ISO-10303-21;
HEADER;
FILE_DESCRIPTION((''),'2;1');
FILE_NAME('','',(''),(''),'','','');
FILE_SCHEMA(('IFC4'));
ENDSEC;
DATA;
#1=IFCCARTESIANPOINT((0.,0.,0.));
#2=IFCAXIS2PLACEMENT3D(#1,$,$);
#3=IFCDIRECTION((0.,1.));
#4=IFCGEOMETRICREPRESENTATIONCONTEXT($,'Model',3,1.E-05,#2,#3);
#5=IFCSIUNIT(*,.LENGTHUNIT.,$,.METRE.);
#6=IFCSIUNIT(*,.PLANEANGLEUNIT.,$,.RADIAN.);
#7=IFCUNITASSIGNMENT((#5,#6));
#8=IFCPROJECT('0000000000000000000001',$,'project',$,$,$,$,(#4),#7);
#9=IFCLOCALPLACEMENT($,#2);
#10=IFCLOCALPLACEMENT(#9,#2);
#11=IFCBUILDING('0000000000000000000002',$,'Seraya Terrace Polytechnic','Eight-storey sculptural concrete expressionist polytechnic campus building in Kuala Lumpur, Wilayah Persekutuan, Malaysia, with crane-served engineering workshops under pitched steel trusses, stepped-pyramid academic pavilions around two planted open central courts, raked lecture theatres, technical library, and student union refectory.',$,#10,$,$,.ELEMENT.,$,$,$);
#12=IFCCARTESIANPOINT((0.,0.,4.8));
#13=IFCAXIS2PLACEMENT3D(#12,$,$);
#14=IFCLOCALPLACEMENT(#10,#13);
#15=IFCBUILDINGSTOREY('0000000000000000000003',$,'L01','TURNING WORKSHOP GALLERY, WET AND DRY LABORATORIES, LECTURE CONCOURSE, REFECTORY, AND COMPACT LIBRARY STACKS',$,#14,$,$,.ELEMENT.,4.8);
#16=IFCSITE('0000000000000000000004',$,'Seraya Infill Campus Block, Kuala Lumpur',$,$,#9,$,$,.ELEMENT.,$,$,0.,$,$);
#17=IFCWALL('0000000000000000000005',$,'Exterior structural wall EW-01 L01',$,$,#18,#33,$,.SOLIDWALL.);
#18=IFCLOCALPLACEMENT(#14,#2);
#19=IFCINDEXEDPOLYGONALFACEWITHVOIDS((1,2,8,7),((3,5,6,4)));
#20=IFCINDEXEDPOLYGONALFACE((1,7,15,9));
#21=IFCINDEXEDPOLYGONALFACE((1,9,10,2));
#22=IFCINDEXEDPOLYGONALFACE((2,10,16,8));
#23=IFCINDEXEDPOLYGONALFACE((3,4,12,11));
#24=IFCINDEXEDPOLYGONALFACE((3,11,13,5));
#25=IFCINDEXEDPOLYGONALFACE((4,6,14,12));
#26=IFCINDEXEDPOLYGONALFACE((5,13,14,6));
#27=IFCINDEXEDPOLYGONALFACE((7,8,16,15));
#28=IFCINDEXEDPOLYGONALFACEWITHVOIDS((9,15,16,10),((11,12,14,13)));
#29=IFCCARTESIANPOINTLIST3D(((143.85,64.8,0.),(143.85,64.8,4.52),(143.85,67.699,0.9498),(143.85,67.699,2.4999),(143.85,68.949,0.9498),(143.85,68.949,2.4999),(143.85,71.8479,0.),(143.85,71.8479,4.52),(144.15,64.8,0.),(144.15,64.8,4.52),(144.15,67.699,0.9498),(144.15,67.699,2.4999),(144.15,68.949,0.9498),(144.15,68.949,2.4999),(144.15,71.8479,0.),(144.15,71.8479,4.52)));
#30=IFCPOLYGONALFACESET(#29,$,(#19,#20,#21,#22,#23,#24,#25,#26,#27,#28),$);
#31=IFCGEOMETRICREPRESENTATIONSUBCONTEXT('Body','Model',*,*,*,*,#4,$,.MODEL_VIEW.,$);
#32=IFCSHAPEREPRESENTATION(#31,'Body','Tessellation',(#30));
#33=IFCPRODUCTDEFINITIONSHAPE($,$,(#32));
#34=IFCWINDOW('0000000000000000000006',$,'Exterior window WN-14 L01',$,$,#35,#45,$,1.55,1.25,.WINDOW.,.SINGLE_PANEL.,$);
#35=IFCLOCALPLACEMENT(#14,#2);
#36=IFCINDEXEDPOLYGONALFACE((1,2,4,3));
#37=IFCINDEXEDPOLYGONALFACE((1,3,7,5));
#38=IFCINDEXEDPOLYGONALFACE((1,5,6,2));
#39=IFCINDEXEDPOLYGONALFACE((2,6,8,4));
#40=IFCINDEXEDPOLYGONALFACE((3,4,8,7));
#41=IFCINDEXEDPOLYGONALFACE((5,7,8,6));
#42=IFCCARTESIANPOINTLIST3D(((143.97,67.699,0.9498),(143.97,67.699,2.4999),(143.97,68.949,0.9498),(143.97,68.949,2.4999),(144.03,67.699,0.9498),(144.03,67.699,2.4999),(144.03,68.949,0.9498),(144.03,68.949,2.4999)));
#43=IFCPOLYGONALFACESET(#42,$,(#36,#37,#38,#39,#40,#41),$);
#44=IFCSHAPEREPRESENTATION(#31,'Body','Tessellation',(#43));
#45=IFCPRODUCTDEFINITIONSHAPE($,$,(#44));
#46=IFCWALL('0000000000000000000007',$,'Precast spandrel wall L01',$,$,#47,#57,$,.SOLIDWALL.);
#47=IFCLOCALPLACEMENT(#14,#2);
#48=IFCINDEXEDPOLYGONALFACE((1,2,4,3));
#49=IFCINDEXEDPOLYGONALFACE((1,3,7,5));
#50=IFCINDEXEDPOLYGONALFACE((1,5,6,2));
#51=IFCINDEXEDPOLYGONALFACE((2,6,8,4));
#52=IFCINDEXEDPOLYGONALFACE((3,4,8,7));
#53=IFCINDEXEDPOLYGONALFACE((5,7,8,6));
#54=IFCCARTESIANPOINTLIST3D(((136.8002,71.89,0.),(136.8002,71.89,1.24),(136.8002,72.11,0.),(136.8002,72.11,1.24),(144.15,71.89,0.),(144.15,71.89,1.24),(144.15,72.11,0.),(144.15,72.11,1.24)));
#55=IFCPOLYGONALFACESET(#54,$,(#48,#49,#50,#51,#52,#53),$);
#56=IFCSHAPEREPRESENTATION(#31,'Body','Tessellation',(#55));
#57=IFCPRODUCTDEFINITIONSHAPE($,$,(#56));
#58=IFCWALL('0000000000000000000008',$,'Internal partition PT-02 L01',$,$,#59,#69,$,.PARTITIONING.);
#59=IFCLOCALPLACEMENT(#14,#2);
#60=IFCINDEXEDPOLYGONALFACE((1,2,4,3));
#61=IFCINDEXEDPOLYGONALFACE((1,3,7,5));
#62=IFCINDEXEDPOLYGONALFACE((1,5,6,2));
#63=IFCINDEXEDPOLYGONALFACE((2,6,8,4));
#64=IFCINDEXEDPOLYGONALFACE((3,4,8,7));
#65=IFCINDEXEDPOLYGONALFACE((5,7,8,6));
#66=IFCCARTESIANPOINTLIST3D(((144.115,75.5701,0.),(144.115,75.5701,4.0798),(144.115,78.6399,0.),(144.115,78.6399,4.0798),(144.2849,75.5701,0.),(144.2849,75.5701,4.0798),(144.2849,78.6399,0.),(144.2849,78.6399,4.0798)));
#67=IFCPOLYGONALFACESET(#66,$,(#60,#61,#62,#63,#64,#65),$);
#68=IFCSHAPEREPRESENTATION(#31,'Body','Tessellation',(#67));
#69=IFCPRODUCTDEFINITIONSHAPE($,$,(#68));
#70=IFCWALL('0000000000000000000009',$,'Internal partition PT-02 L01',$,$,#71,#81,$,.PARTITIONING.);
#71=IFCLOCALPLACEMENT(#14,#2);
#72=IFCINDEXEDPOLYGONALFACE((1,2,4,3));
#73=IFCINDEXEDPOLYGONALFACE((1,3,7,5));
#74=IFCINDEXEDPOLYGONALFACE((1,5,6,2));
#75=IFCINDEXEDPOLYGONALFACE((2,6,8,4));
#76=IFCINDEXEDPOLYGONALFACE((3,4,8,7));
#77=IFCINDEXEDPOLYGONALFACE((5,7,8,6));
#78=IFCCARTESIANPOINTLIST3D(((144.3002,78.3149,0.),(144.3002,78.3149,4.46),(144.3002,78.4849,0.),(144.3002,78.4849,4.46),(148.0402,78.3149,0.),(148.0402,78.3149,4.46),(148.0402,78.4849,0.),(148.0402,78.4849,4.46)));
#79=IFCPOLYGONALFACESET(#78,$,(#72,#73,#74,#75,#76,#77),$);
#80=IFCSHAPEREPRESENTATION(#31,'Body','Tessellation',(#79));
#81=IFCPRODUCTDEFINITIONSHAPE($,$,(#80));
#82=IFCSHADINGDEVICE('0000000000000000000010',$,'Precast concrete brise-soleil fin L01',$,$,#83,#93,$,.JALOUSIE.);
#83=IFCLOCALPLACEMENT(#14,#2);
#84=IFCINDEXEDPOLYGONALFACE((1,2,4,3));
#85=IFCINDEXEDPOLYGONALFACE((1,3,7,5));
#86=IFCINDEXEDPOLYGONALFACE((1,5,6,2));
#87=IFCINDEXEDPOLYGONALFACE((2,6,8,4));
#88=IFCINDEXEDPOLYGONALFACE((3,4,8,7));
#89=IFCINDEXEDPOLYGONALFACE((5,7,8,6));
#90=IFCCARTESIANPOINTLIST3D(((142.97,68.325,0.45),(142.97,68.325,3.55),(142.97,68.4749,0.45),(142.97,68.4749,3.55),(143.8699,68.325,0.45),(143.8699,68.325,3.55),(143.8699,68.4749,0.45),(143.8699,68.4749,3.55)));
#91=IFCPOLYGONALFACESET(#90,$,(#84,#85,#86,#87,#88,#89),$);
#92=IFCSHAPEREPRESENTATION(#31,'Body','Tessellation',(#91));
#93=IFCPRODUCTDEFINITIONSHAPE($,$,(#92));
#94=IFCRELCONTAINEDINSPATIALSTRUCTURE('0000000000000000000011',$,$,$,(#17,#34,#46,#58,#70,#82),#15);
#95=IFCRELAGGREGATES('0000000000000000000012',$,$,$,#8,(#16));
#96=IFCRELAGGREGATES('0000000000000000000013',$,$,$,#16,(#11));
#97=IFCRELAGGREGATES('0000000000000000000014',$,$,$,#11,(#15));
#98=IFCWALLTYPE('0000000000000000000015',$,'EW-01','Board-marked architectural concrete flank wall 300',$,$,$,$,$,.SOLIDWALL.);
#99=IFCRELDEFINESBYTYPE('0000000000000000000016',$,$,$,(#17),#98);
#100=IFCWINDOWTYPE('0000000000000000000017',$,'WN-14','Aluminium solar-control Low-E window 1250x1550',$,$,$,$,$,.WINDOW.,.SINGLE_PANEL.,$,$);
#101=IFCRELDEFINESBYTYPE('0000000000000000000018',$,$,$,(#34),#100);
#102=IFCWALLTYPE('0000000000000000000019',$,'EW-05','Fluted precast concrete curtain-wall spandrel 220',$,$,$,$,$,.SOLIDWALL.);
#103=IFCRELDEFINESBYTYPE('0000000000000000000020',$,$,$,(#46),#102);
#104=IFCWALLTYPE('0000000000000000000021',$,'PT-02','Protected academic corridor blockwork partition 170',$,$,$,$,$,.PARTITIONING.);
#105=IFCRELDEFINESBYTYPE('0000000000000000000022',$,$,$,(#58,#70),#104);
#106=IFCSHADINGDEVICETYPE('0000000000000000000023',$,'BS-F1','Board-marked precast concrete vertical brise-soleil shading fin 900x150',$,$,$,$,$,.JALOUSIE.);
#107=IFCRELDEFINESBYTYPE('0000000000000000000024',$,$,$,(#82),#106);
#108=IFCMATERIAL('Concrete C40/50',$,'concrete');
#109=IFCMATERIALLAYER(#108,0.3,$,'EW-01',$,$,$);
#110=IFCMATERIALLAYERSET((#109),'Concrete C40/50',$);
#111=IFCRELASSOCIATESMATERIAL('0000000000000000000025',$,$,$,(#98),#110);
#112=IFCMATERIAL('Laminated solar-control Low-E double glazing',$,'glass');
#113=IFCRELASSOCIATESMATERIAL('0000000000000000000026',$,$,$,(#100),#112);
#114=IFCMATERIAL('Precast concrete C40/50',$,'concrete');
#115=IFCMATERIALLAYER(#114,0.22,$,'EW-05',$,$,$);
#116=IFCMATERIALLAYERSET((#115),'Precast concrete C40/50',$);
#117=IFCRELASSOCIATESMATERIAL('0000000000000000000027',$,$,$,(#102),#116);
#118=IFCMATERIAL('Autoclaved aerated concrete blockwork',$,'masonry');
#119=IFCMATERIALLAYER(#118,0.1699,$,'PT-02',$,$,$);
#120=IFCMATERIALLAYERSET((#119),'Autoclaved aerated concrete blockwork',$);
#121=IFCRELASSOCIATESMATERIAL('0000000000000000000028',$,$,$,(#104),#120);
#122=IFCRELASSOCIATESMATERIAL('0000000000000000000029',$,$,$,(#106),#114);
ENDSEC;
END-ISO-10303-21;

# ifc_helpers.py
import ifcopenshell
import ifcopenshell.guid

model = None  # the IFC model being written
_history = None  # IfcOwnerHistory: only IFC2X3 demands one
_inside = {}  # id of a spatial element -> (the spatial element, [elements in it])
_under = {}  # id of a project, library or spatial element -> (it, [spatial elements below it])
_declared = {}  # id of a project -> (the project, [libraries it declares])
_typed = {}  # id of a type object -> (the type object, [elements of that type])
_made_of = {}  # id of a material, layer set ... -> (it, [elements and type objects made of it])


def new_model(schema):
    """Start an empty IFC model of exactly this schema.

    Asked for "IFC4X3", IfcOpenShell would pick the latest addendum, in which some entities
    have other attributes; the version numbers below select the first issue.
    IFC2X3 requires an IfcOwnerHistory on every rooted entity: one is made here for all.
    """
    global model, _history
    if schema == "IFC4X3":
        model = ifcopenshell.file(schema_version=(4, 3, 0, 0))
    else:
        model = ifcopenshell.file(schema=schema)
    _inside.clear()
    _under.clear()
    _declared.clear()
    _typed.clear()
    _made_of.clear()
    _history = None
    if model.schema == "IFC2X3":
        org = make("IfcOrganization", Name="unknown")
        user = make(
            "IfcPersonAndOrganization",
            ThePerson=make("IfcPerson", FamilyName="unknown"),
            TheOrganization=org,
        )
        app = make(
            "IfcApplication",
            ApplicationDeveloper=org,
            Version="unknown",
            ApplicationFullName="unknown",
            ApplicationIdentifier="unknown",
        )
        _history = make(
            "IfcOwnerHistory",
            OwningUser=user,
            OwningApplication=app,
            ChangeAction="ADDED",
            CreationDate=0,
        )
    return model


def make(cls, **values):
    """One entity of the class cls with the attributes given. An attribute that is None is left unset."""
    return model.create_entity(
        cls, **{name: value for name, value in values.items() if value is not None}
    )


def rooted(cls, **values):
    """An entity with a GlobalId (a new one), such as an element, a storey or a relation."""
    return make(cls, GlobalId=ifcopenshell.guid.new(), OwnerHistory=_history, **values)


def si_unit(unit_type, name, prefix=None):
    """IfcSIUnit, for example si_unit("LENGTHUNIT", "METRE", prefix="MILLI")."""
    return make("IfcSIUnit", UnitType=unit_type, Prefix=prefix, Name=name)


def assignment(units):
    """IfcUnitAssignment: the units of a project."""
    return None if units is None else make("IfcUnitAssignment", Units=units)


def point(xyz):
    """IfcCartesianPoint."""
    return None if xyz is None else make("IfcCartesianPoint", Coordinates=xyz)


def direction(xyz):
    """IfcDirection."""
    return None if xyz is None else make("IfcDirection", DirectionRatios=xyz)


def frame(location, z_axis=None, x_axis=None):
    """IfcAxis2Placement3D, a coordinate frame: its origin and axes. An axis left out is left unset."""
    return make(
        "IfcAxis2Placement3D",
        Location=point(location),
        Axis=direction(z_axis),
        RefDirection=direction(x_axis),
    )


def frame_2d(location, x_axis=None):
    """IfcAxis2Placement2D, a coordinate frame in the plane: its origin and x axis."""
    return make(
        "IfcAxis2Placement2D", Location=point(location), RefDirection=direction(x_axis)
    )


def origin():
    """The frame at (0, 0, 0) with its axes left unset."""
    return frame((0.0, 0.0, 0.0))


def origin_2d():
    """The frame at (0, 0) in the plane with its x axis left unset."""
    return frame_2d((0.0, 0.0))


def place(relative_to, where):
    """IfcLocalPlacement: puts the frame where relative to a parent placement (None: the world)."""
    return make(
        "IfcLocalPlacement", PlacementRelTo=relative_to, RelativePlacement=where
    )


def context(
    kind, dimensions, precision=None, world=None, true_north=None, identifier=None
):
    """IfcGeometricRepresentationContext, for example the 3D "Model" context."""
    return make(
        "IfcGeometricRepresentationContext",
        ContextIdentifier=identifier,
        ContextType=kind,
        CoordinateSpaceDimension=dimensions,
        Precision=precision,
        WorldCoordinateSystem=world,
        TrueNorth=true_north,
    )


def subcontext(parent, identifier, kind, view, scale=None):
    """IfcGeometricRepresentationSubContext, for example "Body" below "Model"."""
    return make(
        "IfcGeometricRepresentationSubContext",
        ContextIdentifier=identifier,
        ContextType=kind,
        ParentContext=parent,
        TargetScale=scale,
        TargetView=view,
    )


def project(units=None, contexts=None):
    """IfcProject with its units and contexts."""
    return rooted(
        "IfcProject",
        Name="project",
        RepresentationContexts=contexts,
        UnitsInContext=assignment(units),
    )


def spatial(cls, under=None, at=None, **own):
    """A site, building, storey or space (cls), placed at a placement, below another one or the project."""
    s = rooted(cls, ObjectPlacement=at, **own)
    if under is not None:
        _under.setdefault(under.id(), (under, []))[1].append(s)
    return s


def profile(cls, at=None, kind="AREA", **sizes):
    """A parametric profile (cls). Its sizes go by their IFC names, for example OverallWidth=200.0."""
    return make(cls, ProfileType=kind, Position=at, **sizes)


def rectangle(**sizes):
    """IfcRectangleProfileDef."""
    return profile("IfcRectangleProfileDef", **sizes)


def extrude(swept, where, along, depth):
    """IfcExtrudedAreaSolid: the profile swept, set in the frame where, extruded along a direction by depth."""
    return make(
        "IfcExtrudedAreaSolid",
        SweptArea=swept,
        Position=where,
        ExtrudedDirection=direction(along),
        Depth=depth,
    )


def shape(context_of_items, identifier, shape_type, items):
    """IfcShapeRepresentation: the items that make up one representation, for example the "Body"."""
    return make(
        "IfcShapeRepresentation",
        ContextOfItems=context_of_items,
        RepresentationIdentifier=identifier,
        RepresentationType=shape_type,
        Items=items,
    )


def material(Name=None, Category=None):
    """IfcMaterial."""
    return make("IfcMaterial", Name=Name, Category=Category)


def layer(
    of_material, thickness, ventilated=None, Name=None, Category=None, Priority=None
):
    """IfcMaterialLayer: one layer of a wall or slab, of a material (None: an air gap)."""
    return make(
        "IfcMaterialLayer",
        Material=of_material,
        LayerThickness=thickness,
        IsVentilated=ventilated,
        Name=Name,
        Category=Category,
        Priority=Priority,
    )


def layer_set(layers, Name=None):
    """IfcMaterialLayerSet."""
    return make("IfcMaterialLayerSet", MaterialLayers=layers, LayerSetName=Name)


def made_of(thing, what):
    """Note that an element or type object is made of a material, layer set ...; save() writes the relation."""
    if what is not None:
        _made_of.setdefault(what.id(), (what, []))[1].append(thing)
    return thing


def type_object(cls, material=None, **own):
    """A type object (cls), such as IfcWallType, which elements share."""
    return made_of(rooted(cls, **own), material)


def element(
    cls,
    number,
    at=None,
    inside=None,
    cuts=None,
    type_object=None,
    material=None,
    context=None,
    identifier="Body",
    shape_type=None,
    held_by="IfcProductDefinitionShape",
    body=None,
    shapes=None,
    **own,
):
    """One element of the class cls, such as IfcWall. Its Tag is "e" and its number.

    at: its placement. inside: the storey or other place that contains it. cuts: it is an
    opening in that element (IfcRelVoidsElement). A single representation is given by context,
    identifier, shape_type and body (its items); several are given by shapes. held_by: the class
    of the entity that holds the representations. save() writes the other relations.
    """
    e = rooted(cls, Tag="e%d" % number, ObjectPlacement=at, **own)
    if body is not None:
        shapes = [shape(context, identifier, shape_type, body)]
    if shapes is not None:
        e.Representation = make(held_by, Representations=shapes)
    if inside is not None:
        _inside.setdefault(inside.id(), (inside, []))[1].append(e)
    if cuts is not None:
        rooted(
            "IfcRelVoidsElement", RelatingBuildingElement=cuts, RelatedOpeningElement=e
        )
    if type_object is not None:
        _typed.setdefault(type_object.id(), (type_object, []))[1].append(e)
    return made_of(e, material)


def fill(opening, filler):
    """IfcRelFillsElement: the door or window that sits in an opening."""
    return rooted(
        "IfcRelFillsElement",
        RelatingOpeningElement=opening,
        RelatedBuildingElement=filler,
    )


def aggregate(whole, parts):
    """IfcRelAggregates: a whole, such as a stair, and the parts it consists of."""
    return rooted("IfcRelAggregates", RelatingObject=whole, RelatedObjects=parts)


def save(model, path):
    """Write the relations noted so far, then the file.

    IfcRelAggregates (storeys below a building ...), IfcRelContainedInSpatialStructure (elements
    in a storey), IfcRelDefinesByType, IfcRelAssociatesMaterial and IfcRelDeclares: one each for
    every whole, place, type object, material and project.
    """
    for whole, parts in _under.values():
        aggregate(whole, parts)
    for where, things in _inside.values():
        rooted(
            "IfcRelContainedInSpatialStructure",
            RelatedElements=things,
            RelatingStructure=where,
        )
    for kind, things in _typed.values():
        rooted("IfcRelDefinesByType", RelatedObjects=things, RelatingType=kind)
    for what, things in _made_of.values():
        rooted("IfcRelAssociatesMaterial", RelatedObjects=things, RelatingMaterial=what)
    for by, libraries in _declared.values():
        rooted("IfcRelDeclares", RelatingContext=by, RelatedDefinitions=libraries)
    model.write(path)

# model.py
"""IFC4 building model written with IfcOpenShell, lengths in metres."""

from ifc_helpers import new_model, si_unit, direction, frame, frame_2d, origin, origin_2d, place, context, subcontext, project, spatial, rectangle, extrude, material, layer, layer_set, type_object, element, fill, save


model = new_model("IFC4")

# Units and contexts
model_context = context("Model", 3, precision=1e-05, world=origin(), true_north=direction((0.0, 1.0)))
body_context = subcontext(model_context, "Body", "Model", "MODEL_VIEW")
ifc_project = project(units=[si_unit("LENGTHUNIT", "METRE"), si_unit("PLANEANGLEUNIT", "RADIAN")], contexts=[model_context])

# Site, building, storey
site_placement = place(None, origin())
site = spatial("IfcSite", under=ifc_project, at=site_placement, Name="Seraya Infill Campus Block, Kuala Lumpur", CompositionType="ELEMENT", RefElevation=0.0)
building_placement = place(site_placement, origin())
building = spatial("IfcBuilding", under=site, at=building_placement, Name="Seraya Terrace Polytechnic", Description="Eight-storey sculptural concrete expressionist polytechnic campus building in Kuala Lumpur, Wilayah Persekutuan, Malaysia, with crane-served engineering workshops under pitched steel trusses, stepped-pyramid academic pavilions around two planted open central courts, raked lecture theatres, technical library, and student union refectory.", CompositionType="ELEMENT")
storey_placement = place(building_placement, frame((0.0, 0.0, 4.8)))
storey = spatial("IfcBuildingStorey", under=building, at=storey_placement, Name="L01", Description="TURNING WORKSHOP GALLERY, WET AND DRY LABORATORIES, LECTURE CONCOURSE, REFECTORY, AND COMPACT LIBRARY STACKS", CompositionType="ELEMENT", Elevation=4.8)

# Shared definitions
ifc_material_1 = material(Name="Concrete C40/50", Category="concrete")

# Wall, opening, window
ifc_layer_1 = layer(ifc_material_1, 0.3, Name="EW-01")
ifc_layer_set_1 = layer_set([ifc_layer_1], Name="Concrete C40/50")
wall_type_1 = type_object("IfcWallType", Name="EW-01", Description="Board-marked architectural concrete flank wall 300", PredefinedType="SOLIDWALL", material=ifc_layer_set_1)
wall_1_placement = place(storey_placement, frame((144.0, 64.8, 0.0), z_axis=(0.0, 0.0, 1.0), x_axis=(0.0, 1.0, 0.0)))
wall_1 = element("IfcWall", 1, at=wall_1_placement, inside=storey, type_object=wall_type_1, Name="Exterior structural wall EW-01 L01", PredefinedType="SOLIDWALL", context=body_context, shape_type="SweptSolid", body=[
    extrude(rectangle(XDim=7.0479, YDim=0.3, at=frame_2d((3.5239, 0.0))), origin(), (0.0, 0.0, 1.0), 4.52),
])
opening_placement = place(wall_1_placement, frame((2.8989, 0.0, 0.95)))
opening = element("IfcOpeningElement", 2, at=opening_placement, cuts=wall_1, PredefinedType="OPENING", context=body_context, shape_type="SweptSolid", body=[
    extrude(rectangle(XDim=1.25, YDim=1.55, at=frame_2d((0.625, 0.7749))), frame((0.0, 0.1621, 0.0), z_axis=(0.0, -1.0, 0.0), x_axis=(1.0, 0.0, 0.0)), (0.0, 0.0, 1.0), 0.324),
])
ifc_material_2 = material(Name="Laminated solar-control Low-E double glazing", Category="glass")
window_type = type_object("IfcWindowType", Name="WN-14", Description="Aluminium solar-control Low-E window 1250x1550", PartitioningType="SINGLE_PANEL", PredefinedType="WINDOW", material=ifc_material_2)
window_placement = place(opening_placement, origin())
window = element("IfcWindow", 3, at=window_placement, inside=storey, type_object=window_type, Name="Exterior window WN-14 L01", OverallHeight=1.55, OverallWidth=1.25, PartitioningType="SINGLE_PANEL", PredefinedType="WINDOW", context=body_context, shape_type="SweptSolid", body=[
    extrude(rectangle(XDim=1.25, YDim=1.55, at=frame_2d((0.625, 0.7749))), frame((0.0, 0.03, 0.0), z_axis=(0.0, -1.0, 0.0), x_axis=(1.0, 0.0, 0.0)), (0.0, 0.0, 1.0), 0.0601),
])
fill(opening, window)

# Walls
ifc_material_3 = material(Name="Precast concrete C40/50", Category="concrete")
ifc_layer_2 = layer(ifc_material_3, 0.22, Name="EW-05")
ifc_layer_set_2 = layer_set([ifc_layer_2], Name="Precast concrete C40/50")
wall_type_2 = type_object("IfcWallType", Name="EW-05", Description="Fluted precast concrete curtain-wall spandrel 220", PredefinedType="SOLIDWALL", material=ifc_layer_set_2)
wall_2_placement = place(storey_placement, frame((144.1499, 72.0, 0.0), z_axis=(0.0, 0.0, 1.0), x_axis=(-1.0, 0.0, 0.0)))
element("IfcWall", 4, at=wall_2_placement, inside=storey, type_object=wall_type_2, Name="Precast spandrel wall L01", PredefinedType="SOLIDWALL", context=body_context, shape_type="SweptSolid", body=[
    extrude(rectangle(XDim=7.3499, YDim=0.22, at=frame_2d((3.6748, 0.0))), origin(), (0.0, 0.0, 1.0), 1.24),
])
ifc_material_4 = material(Name="Autoclaved aerated concrete blockwork", Category="masonry")
ifc_layer_3 = layer(ifc_material_4, 0.1699, Name="PT-02")
ifc_layer_set_3 = layer_set([ifc_layer_3], Name="Autoclaved aerated concrete blockwork")
wall_type_3 = type_object("IfcWallType", Name="PT-02", Description="Protected academic corridor blockwork partition 170", PredefinedType="PARTITIONING", material=ifc_layer_set_3)
wall_3_placement = place(storey_placement, frame((144.2, 75.5701, 0.0), z_axis=(0.0, 0.0, 1.0), x_axis=(0.0, 1.0, 0.0)))
element("IfcWall", 5, at=wall_3_placement, inside=storey, type_object=wall_type_3, Name="Internal partition PT-02 L01", PredefinedType="PARTITIONING", context=body_context, shape_type="SweptSolid", body=[
    extrude(rectangle(XDim=3.0698, YDim=0.1699, at=frame_2d((1.5349, 0.0))), origin(), (0.0, 0.0, 1.0), 4.0798),
])
wall_4_placement = place(storey_placement, frame((144.3, 78.3999, 0.0), z_axis=(0.0, 0.0, 1.0), x_axis=(1.0, 0.0, 0.0)))
element("IfcWall", 6, at=wall_4_placement, inside=storey, type_object=wall_type_3, Name="Internal partition PT-02 L01", PredefinedType="PARTITIONING", context=body_context, shape_type="SweptSolid", body=[
    extrude(rectangle(XDim=3.74, YDim=0.1699, at=frame_2d((1.8701, 0.0))), origin(), (0.0, 0.0, 1.0), 4.46),
])

# Shading device
shading_device_type = type_object("IfcShadingDeviceType", Name="BS-F1", Description="Board-marked precast concrete vertical brise-soleil shading fin 900x150", PredefinedType="JALOUSIE", material=ifc_material_3)
shading_device_placement = place(storey_placement, frame((143.4199, 68.3999, 0.45), z_axis=(0.0, 0.0, 1.0), x_axis=(-1.0, 0.0, 0.0)))
element("IfcShadingDevice", 7, at=shading_device_placement, inside=storey, type_object=shading_device_type, Name="Precast concrete brise-soleil fin L01", PredefinedType="JALOUSIE", context=body_context, shape_type="SweptSolid", body=[
    extrude(rectangle(XDim=0.8999, YDim=0.1499, at=origin_2d()), origin(), (0.0, 0.0, 1.0), 3.1001),
])

save(model, "model.ifc")
